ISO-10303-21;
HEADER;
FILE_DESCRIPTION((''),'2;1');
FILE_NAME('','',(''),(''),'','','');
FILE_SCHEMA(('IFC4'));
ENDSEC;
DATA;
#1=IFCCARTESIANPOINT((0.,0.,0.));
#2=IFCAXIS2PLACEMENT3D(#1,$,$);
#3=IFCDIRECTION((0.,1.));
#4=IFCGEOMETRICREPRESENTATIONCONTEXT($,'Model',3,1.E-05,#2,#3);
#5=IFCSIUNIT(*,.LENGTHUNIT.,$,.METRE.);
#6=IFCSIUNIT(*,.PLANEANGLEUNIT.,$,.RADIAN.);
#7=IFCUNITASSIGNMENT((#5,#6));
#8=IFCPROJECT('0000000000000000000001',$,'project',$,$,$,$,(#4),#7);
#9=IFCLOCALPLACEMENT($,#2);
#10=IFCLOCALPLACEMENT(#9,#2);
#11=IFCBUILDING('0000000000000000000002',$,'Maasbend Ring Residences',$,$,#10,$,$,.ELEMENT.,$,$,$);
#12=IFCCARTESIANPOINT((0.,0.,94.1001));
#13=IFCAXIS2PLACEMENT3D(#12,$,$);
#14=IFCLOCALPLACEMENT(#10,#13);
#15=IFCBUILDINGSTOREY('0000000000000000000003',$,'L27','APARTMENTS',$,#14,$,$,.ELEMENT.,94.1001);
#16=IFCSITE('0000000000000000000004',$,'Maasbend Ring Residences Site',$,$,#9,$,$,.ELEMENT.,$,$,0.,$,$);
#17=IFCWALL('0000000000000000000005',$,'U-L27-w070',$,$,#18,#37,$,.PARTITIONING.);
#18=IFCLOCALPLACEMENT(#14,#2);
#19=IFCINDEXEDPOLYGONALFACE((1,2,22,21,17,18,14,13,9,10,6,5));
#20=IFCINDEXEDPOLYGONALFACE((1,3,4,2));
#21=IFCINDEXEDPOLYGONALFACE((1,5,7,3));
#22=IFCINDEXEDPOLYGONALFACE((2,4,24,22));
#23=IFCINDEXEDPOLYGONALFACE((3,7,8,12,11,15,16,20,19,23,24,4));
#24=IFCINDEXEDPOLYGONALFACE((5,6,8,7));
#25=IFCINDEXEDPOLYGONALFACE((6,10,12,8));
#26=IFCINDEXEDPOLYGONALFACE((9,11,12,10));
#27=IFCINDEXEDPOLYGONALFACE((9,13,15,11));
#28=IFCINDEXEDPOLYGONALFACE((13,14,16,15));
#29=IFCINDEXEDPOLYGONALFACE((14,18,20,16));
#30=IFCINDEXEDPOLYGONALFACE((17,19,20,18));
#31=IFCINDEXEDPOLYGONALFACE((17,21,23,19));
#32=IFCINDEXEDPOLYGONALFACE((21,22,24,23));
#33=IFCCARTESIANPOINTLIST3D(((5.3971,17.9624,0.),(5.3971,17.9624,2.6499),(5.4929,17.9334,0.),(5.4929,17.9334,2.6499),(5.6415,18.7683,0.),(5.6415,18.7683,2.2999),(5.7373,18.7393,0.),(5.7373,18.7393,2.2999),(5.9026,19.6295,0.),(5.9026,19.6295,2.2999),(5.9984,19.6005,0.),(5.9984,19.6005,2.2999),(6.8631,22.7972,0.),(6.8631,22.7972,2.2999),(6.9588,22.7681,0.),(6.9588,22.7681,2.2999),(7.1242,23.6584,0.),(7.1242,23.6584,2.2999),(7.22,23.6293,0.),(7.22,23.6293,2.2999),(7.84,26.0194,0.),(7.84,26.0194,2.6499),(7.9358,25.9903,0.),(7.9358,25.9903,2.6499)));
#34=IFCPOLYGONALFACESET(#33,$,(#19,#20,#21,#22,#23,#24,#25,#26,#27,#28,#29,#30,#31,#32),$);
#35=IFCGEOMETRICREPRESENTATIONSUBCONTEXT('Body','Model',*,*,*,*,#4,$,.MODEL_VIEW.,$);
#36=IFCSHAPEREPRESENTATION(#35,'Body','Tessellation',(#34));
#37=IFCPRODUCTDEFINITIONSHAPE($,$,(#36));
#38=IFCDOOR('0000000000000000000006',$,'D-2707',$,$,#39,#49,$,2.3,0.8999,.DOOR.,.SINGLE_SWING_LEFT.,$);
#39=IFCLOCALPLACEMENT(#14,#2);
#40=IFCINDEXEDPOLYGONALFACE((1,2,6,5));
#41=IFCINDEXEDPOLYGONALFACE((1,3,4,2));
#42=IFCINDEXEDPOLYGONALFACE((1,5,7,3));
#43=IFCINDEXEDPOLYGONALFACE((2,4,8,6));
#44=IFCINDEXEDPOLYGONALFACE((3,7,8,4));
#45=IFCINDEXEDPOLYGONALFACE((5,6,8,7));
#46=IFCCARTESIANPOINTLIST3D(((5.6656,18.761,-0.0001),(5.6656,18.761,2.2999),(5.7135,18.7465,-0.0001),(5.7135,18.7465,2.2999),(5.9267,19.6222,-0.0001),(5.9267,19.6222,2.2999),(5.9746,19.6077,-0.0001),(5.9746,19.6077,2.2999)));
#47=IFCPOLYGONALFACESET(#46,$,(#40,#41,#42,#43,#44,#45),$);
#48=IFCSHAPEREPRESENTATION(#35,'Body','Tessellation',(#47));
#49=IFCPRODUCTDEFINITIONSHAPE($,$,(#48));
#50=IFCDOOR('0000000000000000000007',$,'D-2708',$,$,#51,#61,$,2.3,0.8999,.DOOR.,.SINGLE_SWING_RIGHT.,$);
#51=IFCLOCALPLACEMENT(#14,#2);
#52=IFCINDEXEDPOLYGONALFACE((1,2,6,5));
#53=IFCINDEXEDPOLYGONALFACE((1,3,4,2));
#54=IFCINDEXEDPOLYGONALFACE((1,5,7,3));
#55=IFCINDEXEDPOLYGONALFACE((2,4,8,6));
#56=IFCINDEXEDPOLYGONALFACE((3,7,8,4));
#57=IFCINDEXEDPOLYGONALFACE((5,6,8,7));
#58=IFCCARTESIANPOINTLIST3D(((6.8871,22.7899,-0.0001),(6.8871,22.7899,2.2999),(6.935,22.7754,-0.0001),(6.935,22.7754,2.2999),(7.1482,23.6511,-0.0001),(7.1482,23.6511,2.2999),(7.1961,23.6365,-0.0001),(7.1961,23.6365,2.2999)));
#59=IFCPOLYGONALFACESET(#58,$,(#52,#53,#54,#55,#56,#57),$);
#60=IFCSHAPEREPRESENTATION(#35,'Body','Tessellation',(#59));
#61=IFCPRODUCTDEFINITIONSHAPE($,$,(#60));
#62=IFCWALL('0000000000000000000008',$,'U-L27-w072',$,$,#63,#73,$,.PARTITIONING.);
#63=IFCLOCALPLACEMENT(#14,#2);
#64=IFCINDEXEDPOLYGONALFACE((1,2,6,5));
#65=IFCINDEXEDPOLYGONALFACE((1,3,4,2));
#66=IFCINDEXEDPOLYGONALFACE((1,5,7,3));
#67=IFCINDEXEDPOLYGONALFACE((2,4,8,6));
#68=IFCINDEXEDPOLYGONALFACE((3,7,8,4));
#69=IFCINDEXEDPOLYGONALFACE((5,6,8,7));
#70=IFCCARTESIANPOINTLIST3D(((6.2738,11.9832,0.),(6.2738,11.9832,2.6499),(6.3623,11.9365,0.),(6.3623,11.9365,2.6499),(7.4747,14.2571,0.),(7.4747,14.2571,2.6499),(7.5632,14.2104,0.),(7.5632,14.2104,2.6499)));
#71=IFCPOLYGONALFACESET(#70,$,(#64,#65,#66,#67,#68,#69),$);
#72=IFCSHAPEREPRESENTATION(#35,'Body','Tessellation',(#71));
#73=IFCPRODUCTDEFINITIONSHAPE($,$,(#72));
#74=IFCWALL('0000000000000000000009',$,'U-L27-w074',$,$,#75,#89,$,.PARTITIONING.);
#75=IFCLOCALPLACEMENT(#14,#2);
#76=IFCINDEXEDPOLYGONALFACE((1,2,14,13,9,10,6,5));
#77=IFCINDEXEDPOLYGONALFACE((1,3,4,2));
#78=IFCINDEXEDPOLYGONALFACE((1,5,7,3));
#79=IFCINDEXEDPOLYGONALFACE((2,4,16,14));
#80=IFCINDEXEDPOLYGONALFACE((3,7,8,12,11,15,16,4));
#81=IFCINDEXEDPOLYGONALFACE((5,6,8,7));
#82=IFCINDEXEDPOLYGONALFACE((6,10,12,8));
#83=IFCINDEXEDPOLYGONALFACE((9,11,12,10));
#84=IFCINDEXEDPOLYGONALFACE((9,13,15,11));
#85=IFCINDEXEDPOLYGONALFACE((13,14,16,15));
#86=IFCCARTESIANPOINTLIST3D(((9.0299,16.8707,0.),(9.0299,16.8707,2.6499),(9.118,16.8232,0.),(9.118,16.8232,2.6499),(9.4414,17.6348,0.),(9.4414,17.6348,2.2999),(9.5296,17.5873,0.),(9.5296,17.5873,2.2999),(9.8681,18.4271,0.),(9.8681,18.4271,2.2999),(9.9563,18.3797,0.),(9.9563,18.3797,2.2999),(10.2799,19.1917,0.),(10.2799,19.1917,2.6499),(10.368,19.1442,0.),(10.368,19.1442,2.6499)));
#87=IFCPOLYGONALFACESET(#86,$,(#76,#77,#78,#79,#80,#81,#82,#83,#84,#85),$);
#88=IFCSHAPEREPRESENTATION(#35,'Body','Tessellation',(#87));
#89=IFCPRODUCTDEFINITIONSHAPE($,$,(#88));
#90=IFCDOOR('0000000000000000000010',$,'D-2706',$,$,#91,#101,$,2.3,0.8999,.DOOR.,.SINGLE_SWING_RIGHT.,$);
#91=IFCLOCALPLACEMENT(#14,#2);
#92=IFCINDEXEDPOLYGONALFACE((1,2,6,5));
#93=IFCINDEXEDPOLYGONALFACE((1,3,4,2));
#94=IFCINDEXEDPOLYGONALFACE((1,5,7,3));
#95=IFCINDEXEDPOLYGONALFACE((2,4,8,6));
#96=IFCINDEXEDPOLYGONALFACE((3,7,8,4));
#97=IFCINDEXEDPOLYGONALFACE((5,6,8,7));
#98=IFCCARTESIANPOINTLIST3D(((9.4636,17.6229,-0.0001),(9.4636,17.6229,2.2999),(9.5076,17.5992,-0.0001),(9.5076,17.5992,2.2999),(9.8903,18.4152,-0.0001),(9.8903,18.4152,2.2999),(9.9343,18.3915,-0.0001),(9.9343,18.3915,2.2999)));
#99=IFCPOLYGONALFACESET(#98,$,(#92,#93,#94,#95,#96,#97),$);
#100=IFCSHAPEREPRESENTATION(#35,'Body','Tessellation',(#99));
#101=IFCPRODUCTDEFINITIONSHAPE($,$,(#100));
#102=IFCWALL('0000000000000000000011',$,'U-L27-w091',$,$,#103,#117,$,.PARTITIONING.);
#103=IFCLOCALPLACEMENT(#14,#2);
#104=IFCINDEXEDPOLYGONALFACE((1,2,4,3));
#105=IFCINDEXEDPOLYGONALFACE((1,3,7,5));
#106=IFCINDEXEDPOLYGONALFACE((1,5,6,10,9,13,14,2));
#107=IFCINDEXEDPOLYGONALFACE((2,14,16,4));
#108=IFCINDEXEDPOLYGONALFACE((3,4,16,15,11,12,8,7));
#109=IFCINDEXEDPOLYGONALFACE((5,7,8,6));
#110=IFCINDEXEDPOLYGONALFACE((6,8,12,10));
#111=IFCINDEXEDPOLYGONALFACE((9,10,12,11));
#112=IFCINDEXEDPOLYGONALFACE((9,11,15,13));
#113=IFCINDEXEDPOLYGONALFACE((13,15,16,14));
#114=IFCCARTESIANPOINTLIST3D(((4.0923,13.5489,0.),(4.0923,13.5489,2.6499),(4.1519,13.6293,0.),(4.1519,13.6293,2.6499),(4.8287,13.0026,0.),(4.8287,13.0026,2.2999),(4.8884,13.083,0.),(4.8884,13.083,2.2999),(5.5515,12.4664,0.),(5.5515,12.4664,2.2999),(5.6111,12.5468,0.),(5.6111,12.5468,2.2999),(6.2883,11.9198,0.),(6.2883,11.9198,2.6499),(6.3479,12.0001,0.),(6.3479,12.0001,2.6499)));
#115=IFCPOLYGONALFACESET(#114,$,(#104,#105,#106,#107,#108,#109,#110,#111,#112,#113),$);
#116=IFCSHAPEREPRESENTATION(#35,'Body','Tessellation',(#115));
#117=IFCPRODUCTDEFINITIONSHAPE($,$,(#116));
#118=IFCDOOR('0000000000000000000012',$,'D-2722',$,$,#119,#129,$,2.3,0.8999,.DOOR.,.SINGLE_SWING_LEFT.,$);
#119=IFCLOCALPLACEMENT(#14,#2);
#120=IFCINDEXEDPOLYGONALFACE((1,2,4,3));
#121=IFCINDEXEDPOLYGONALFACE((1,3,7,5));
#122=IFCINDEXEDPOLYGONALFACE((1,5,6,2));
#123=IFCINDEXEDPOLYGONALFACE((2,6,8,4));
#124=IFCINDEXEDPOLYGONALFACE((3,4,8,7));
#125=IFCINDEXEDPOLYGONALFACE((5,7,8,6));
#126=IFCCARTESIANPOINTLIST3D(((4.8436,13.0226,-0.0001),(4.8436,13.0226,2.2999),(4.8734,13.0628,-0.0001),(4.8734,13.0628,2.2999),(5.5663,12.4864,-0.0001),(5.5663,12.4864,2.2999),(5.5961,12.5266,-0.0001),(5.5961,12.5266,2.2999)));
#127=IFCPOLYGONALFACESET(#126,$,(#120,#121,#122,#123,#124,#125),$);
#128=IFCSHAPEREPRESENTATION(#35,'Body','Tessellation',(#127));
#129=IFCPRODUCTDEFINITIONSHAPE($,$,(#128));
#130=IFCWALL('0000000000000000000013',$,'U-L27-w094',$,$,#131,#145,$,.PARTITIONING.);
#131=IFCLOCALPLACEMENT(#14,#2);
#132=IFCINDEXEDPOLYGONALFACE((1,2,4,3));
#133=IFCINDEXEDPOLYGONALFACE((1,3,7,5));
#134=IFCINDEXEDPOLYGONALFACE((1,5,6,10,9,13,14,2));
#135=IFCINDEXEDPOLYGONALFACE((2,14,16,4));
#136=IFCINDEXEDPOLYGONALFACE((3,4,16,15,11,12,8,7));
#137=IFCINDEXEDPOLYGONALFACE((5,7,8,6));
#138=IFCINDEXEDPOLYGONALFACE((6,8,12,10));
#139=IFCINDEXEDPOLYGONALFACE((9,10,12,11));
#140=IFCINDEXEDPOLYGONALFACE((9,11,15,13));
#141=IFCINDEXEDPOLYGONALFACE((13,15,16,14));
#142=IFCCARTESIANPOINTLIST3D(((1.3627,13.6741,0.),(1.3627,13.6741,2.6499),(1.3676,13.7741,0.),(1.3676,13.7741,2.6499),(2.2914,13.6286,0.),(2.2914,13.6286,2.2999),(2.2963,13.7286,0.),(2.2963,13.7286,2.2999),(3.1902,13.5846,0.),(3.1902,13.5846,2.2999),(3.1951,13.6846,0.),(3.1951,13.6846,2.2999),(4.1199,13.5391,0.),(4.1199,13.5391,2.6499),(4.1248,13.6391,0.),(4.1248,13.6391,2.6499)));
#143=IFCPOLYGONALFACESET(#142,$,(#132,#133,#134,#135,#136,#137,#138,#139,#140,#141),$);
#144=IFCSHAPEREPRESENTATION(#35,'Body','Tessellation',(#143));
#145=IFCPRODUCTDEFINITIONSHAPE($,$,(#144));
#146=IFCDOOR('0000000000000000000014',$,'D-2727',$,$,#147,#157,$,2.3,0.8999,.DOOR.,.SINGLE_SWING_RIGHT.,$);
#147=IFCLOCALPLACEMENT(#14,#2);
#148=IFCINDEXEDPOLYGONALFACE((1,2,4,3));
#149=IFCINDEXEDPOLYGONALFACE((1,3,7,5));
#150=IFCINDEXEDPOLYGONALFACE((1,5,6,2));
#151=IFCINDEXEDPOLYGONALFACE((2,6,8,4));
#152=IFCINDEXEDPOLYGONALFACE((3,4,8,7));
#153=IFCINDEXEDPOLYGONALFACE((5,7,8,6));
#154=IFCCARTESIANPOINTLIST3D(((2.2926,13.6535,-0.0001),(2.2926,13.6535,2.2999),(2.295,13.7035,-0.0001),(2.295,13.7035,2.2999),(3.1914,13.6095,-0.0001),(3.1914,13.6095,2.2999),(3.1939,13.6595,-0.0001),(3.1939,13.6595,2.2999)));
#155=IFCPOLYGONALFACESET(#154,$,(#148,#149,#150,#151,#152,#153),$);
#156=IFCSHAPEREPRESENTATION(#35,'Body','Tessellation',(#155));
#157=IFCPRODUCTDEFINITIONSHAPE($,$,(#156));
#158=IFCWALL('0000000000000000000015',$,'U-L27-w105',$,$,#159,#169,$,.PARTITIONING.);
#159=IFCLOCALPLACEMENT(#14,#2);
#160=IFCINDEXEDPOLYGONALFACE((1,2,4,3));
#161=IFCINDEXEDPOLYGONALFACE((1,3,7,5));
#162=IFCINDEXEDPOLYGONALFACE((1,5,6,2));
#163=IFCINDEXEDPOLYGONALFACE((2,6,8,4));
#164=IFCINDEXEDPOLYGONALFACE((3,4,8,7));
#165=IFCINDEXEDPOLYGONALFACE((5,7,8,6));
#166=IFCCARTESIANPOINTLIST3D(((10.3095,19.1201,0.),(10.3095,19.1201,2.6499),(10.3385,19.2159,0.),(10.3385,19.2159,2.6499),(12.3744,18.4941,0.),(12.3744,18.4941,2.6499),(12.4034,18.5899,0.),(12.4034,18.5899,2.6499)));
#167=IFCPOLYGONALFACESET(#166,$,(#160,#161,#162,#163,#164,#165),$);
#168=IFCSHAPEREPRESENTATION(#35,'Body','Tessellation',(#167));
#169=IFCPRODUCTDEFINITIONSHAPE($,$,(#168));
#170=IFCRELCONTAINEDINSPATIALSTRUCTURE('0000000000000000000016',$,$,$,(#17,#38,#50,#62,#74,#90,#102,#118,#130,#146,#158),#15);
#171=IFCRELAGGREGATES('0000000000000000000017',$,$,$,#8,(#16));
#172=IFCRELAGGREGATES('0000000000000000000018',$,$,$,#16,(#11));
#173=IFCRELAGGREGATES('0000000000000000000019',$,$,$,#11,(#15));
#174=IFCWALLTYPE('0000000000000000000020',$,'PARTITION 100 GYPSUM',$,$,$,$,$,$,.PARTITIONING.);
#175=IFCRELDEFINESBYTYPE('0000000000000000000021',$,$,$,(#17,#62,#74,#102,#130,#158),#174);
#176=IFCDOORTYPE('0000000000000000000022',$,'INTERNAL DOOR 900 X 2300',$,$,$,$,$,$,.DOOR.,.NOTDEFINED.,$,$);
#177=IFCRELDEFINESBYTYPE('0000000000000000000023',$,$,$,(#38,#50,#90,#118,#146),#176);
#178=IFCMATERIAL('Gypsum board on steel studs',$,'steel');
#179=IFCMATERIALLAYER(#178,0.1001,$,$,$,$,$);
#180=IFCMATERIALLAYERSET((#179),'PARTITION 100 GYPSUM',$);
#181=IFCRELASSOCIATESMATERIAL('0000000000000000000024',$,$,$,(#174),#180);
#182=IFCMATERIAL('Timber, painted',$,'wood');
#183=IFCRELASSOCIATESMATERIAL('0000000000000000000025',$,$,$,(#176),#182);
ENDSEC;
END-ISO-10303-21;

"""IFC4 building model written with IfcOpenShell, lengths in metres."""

from ifc_helpers import new_model, si_unit, direction, frame, frame_2d, origin, place, context, subcontext, project, spatial, rectangle, extrude, material, layer, layer_set, type_object, element, fill, save


model = new_model("IFC4")

# Units and contexts
model_context = context("Model", 3, precision=1e-05, world=origin(), true_north=direction((0.0, 1.0)))
body_context = subcontext(model_context, "Body", "Model", "MODEL_VIEW")
ifc_project = project(units=[si_unit("LENGTHUNIT", "METRE"), si_unit("PLANEANGLEUNIT", "RADIAN")], contexts=[model_context])

# Site, building, storey
site_placement = place(None, origin())
site = spatial("IfcSite", under=ifc_project, at=site_placement, Name="Maasbend Ring Residences Site", CompositionType="ELEMENT", RefElevation=0.0)
building_placement = place(site_placement, origin())
building = spatial("IfcBuilding", under=site, at=building_placement, Name="Maasbend Ring Residences", CompositionType="ELEMENT")
storey_placement = place(building_placement, frame((0.0, 0.0, 94.1001)))
storey = spatial("IfcBuildingStorey", under=building, at=storey_placement, Name="L27", Description="APARTMENTS", CompositionType="ELEMENT", Elevation=94.1001)

# Shared definitions
ifc_material_1 = material(Name="Gypsum board on steel studs", Category="steel")
ifc_layer_1 = layer(ifc_material_1, 0.1001)
ifc_layer_set_1 = layer_set([ifc_layer_1], Name="PARTITION 100 GYPSUM")
wall_type_1 = type_object("IfcWallType", Name="PARTITION 100 GYPSUM", PredefinedType="PARTITIONING", material=ifc_layer_set_1)

# Wall, openings, doors
wall_1_placement = place(storey_placement, frame((5.4451, 17.948, 0.0), z_axis=(0.0, 0.0, 1.0), x_axis=(0.290159, 0.956979, 0.0)))
wall_1 = element("IfcWall", 1, at=wall_1_placement, inside=storey, type_object=wall_type_1, Name="U-L27-w070", PredefinedType="PARTITIONING", context=body_context, shape_type="SweptSolid", body=[
    extrude(rectangle(XDim=8.4192, YDim=0.1001, at=frame_2d((4.2095, 0.0))), origin(), (0.0, 0.0, 1.0), 2.6499),
])
opening_1_placement = place(wall_1_placement, frame((0.842, 0.0, 0.0)))
opening_1 = element("IfcOpeningElement", 2, at=opening_1_placement, cuts=wall_1, PredefinedType="OPENING", context=body_context, shape_type="SweptSolid", body=[
    extrude(rectangle(XDim=0.8999, YDim=2.3, at=frame_2d((0.45, 1.1499))), frame((0.0, 0.0601, 0.0), z_axis=(0.0, -1.0, 0.0), x_axis=(1.0, 0.0, 0.0)), (0.0, 0.0, 1.0), 0.1201),
])
opening_2_placement = place(wall_1_placement, frame((5.052, 0.0, 0.0)))
opening_2 = element("IfcOpeningElement", 3, at=opening_2_placement, cuts=wall_1, PredefinedType="OPENING", context=body_context, shape_type="SweptSolid", body=[
    extrude(rectangle(XDim=0.8999, YDim=2.3, at=frame_2d((0.45, 1.1499))), frame((0.0, 0.0601, 0.0), z_axis=(0.0, -1.0, 0.0), x_axis=(1.0, 0.0, 0.0)), (0.0, 0.0, 1.0), 0.1201),
])
ifc_material_2 = material(Name="Timber, painted", Category="wood")
door_type_1 = type_object("IfcDoorType", Name="INTERNAL DOOR 900 X 2300", OperationType="NOTDEFINED", PredefinedType="DOOR", material=ifc_material_2)
door_1_placement = place(opening_1_placement, origin())
door_1 = element("IfcDoor", 4, at=door_1_placement, inside=storey, type_object=door_type_1, Name="D-2707", OperationType="SINGLE_SWING_LEFT", OverallHeight=2.3, OverallWidth=0.8999, PredefinedType="DOOR", context=body_context, shape_type="SweptSolid", body=[
    extrude(rectangle(XDim=0.8999, YDim=2.3, at=frame_2d((0.45, 1.1499))), frame((0.0, 0.0249, 0.0), z_axis=(0.0, -1.0, 0.0), x_axis=(1.0, 0.0, 0.0)), (0.0, 0.0, 1.0), 0.05),
])
fill(opening_1, door_1)
door_2_placement = place(opening_2_placement, origin())
door_2 = element("IfcDoor", 5, at=door_2_placement, inside=storey, type_object=door_type_1, Name="D-2708", OperationType="SINGLE_SWING_RIGHT", OverallHeight=2.3, OverallWidth=0.8999, PredefinedType="DOOR", context=body_context, shape_type="SweptSolid", body=[
    extrude(rectangle(XDim=0.8999, YDim=2.3, at=frame_2d((0.45, 1.1499))), frame((0.0, 0.0249, 0.0), z_axis=(0.0, -1.0, 0.0), x_axis=(1.0, 0.0, 0.0)), (0.0, 0.0, 1.0), 0.05),
])
fill(opening_2, door_2)

# Wall
wall_2_placement = place(storey_placement, frame((6.3181, 11.96, 0.0), z_axis=(0.0, 0.0, 1.0), x_axis=(0.467002, 0.884256, 0.0)))
element("IfcWall", 6, at=wall_2_placement, inside=storey, type_object=wall_type_1, Name="U-L27-w072", PredefinedType="PARTITIONING", context=body_context, shape_type="SweptSolid", body=[
    extrude(rectangle(XDim=2.5715, YDim=0.1001, at=frame_2d((1.2856, 0.0))), origin(), (0.0, 0.0, 1.0), 2.6499),
])

# Walls, openings, doors
wall_3_placement = place(storey_placement, frame((9.074, 16.8469, 0.0), z_axis=(0.0, 0.0, 1.0), x_axis=(0.474161, 0.880438, 0.0)))
wall_3 = element("IfcWall", 7, at=wall_3_placement, inside=storey, type_object=wall_type_1, Name="U-L27-w074", PredefinedType="PARTITIONING", context=body_context, shape_type="SweptSolid", body=[
    extrude(rectangle(XDim=2.6362, YDim=0.1001, at=frame_2d((1.3181, 0.0))), origin(), (0.0, 0.0, 1.0), 2.6499),
])
opening_3_placement = place(wall_3_placement, frame((0.8679, 0.0, 0.0)))
opening_3 = element("IfcOpeningElement", 8, at=opening_3_placement, cuts=wall_3, PredefinedType="OPENING", context=body_context, shape_type="SweptSolid", body=[
    extrude(rectangle(XDim=0.8999, YDim=2.3, at=frame_2d((0.45, 1.1499))), frame((0.0, 0.0601, 0.0), z_axis=(0.0, -1.0, 0.0), x_axis=(1.0, 0.0, 0.0)), (0.0, 0.0, 1.0), 0.1201),
])
door_3_placement = place(opening_3_placement, origin())
door_3 = element("IfcDoor", 9, at=door_3_placement, inside=storey, type_object=door_type_1, Name="D-2706", OperationType="SINGLE_SWING_RIGHT", OverallHeight=2.3, OverallWidth=0.8999, PredefinedType="DOOR", context=body_context, shape_type="SweptSolid", body=[
    extrude(rectangle(XDim=0.8999, YDim=2.3, at=frame_2d((0.45, 1.1499))), frame((0.0, 0.0249, 0.0), z_axis=(0.0, -1.0, 0.0), x_axis=(1.0, 0.0, 0.0)), (0.0, 0.0, 1.0), 0.05),
])
fill(opening_3, door_3)
wall_4_placement = place(storey_placement, frame((4.1221, 13.5891, 0.0), z_axis=(0.0, 0.0, 1.0), x_axis=(0.803128, -0.595806, 0.0)))
wall_4 = element("IfcWall", 10, at=wall_4_placement, inside=storey, type_object=wall_type_1, Name="U-L27-w091", PredefinedType="PARTITIONING", context=body_context, shape_type="SweptSolid", body=[
    extrude(rectangle(XDim=2.7344, YDim=0.1001, at=frame_2d((1.3672, 0.0))), origin(), (0.0, 0.0, 1.0), 2.6499),
])
opening_4_placement = place(wall_4_placement, frame((0.917, 0.0, 0.0)))
opening_4 = element("IfcOpeningElement", 11, at=opening_4_placement, cuts=wall_4, PredefinedType="OPENING", context=body_context, shape_type="SweptSolid", body=[
    extrude(rectangle(XDim=0.8999, YDim=2.3, at=frame_2d((0.45, 1.1499))), frame((0.0, 0.0601, 0.0), z_axis=(0.0, -1.0, 0.0), x_axis=(1.0, 0.0, 0.0)), (0.0, 0.0, 1.0), 0.1201),
])
door_4_placement = place(opening_4_placement, origin())
door_4 = element("IfcDoor", 12, at=door_4_placement, inside=storey, type_object=door_type_1, Name="D-2722", OperationType="SINGLE_SWING_LEFT", OverallHeight=2.3, OverallWidth=0.8999, PredefinedType="DOOR", context=body_context, shape_type="SweptSolid", body=[
    extrude(rectangle(XDim=0.8999, YDim=2.3, at=frame_2d((0.45, 1.1499))), frame((0.0, 0.0249, 0.0), z_axis=(0.0, -1.0, 0.0), x_axis=(1.0, 0.0, 0.0)), (0.0, 0.0, 1.0), 0.05),
])
fill(opening_4, door_4)
wall_5_placement = place(storey_placement, frame((1.365, 13.7241, 0.0), z_axis=(0.0, 0.0, 1.0), x_axis=(0.998803, -0.04891, 0.0)))
wall_5 = element("IfcWall", 13, at=wall_5_placement, inside=storey, type_object=wall_type_1, Name="U-L27-w094", PredefinedType="PARTITIONING", context=body_context, shape_type="SweptSolid", body=[
    extrude(rectangle(XDim=2.7605, YDim=0.1001, at=frame_2d((1.3804, 0.0))), origin(), (0.0, 0.0, 1.0), 2.6499),
])
opening_5_placement = place(wall_5_placement, frame((0.9299, 0.0, 0.0)))
opening_5 = element("IfcOpeningElement", 14, at=opening_5_placement, cuts=wall_5, PredefinedType="OPENING", context=body_context, shape_type="SweptSolid", body=[
    extrude(rectangle(XDim=0.8999, YDim=2.3, at=frame_2d((0.45, 1.1499))), frame((0.0, 0.0601, 0.0), z_axis=(0.0, -1.0, 0.0), x_axis=(1.0, 0.0, 0.0)), (0.0, 0.0, 1.0), 0.1201),
])
door_5_placement = place(opening_5_placement, origin())
door_5 = element("IfcDoor", 15, at=door_5_placement, inside=storey, type_object=door_type_1, Name="D-2727", OperationType="SINGLE_SWING_RIGHT", OverallHeight=2.3, OverallWidth=0.8999, PredefinedType="DOOR", context=body_context, shape_type="SweptSolid", body=[
    extrude(rectangle(XDim=0.8999, YDim=2.3, at=frame_2d((0.45, 1.1499))), frame((0.0, 0.0249, 0.0), z_axis=(0.0, -1.0, 0.0), x_axis=(1.0, 0.0, 0.0)), (0.0, 0.0, 1.0), 0.05),
])
fill(opening_5, door_5)

# Wall
wall_6_placement = place(storey_placement, frame((10.324, 19.168, 0.0), z_axis=(0.0, 0.0, 1.0), x_axis=(0.956994, -0.290108, 0.0)))
element("IfcWall", 16, at=wall_6_placement, inside=storey, type_object=wall_type_1, Name="U-L27-w105", PredefinedType="PARTITIONING", context=body_context, shape_type="SweptSolid", body=[
    extrude(rectangle(XDim=2.1577, YDim=0.1001, at=frame_2d((1.0789, 0.0))), origin(), (0.0, 0.0, 1.0), 2.6499),
])

save(model, "model.ifc")
